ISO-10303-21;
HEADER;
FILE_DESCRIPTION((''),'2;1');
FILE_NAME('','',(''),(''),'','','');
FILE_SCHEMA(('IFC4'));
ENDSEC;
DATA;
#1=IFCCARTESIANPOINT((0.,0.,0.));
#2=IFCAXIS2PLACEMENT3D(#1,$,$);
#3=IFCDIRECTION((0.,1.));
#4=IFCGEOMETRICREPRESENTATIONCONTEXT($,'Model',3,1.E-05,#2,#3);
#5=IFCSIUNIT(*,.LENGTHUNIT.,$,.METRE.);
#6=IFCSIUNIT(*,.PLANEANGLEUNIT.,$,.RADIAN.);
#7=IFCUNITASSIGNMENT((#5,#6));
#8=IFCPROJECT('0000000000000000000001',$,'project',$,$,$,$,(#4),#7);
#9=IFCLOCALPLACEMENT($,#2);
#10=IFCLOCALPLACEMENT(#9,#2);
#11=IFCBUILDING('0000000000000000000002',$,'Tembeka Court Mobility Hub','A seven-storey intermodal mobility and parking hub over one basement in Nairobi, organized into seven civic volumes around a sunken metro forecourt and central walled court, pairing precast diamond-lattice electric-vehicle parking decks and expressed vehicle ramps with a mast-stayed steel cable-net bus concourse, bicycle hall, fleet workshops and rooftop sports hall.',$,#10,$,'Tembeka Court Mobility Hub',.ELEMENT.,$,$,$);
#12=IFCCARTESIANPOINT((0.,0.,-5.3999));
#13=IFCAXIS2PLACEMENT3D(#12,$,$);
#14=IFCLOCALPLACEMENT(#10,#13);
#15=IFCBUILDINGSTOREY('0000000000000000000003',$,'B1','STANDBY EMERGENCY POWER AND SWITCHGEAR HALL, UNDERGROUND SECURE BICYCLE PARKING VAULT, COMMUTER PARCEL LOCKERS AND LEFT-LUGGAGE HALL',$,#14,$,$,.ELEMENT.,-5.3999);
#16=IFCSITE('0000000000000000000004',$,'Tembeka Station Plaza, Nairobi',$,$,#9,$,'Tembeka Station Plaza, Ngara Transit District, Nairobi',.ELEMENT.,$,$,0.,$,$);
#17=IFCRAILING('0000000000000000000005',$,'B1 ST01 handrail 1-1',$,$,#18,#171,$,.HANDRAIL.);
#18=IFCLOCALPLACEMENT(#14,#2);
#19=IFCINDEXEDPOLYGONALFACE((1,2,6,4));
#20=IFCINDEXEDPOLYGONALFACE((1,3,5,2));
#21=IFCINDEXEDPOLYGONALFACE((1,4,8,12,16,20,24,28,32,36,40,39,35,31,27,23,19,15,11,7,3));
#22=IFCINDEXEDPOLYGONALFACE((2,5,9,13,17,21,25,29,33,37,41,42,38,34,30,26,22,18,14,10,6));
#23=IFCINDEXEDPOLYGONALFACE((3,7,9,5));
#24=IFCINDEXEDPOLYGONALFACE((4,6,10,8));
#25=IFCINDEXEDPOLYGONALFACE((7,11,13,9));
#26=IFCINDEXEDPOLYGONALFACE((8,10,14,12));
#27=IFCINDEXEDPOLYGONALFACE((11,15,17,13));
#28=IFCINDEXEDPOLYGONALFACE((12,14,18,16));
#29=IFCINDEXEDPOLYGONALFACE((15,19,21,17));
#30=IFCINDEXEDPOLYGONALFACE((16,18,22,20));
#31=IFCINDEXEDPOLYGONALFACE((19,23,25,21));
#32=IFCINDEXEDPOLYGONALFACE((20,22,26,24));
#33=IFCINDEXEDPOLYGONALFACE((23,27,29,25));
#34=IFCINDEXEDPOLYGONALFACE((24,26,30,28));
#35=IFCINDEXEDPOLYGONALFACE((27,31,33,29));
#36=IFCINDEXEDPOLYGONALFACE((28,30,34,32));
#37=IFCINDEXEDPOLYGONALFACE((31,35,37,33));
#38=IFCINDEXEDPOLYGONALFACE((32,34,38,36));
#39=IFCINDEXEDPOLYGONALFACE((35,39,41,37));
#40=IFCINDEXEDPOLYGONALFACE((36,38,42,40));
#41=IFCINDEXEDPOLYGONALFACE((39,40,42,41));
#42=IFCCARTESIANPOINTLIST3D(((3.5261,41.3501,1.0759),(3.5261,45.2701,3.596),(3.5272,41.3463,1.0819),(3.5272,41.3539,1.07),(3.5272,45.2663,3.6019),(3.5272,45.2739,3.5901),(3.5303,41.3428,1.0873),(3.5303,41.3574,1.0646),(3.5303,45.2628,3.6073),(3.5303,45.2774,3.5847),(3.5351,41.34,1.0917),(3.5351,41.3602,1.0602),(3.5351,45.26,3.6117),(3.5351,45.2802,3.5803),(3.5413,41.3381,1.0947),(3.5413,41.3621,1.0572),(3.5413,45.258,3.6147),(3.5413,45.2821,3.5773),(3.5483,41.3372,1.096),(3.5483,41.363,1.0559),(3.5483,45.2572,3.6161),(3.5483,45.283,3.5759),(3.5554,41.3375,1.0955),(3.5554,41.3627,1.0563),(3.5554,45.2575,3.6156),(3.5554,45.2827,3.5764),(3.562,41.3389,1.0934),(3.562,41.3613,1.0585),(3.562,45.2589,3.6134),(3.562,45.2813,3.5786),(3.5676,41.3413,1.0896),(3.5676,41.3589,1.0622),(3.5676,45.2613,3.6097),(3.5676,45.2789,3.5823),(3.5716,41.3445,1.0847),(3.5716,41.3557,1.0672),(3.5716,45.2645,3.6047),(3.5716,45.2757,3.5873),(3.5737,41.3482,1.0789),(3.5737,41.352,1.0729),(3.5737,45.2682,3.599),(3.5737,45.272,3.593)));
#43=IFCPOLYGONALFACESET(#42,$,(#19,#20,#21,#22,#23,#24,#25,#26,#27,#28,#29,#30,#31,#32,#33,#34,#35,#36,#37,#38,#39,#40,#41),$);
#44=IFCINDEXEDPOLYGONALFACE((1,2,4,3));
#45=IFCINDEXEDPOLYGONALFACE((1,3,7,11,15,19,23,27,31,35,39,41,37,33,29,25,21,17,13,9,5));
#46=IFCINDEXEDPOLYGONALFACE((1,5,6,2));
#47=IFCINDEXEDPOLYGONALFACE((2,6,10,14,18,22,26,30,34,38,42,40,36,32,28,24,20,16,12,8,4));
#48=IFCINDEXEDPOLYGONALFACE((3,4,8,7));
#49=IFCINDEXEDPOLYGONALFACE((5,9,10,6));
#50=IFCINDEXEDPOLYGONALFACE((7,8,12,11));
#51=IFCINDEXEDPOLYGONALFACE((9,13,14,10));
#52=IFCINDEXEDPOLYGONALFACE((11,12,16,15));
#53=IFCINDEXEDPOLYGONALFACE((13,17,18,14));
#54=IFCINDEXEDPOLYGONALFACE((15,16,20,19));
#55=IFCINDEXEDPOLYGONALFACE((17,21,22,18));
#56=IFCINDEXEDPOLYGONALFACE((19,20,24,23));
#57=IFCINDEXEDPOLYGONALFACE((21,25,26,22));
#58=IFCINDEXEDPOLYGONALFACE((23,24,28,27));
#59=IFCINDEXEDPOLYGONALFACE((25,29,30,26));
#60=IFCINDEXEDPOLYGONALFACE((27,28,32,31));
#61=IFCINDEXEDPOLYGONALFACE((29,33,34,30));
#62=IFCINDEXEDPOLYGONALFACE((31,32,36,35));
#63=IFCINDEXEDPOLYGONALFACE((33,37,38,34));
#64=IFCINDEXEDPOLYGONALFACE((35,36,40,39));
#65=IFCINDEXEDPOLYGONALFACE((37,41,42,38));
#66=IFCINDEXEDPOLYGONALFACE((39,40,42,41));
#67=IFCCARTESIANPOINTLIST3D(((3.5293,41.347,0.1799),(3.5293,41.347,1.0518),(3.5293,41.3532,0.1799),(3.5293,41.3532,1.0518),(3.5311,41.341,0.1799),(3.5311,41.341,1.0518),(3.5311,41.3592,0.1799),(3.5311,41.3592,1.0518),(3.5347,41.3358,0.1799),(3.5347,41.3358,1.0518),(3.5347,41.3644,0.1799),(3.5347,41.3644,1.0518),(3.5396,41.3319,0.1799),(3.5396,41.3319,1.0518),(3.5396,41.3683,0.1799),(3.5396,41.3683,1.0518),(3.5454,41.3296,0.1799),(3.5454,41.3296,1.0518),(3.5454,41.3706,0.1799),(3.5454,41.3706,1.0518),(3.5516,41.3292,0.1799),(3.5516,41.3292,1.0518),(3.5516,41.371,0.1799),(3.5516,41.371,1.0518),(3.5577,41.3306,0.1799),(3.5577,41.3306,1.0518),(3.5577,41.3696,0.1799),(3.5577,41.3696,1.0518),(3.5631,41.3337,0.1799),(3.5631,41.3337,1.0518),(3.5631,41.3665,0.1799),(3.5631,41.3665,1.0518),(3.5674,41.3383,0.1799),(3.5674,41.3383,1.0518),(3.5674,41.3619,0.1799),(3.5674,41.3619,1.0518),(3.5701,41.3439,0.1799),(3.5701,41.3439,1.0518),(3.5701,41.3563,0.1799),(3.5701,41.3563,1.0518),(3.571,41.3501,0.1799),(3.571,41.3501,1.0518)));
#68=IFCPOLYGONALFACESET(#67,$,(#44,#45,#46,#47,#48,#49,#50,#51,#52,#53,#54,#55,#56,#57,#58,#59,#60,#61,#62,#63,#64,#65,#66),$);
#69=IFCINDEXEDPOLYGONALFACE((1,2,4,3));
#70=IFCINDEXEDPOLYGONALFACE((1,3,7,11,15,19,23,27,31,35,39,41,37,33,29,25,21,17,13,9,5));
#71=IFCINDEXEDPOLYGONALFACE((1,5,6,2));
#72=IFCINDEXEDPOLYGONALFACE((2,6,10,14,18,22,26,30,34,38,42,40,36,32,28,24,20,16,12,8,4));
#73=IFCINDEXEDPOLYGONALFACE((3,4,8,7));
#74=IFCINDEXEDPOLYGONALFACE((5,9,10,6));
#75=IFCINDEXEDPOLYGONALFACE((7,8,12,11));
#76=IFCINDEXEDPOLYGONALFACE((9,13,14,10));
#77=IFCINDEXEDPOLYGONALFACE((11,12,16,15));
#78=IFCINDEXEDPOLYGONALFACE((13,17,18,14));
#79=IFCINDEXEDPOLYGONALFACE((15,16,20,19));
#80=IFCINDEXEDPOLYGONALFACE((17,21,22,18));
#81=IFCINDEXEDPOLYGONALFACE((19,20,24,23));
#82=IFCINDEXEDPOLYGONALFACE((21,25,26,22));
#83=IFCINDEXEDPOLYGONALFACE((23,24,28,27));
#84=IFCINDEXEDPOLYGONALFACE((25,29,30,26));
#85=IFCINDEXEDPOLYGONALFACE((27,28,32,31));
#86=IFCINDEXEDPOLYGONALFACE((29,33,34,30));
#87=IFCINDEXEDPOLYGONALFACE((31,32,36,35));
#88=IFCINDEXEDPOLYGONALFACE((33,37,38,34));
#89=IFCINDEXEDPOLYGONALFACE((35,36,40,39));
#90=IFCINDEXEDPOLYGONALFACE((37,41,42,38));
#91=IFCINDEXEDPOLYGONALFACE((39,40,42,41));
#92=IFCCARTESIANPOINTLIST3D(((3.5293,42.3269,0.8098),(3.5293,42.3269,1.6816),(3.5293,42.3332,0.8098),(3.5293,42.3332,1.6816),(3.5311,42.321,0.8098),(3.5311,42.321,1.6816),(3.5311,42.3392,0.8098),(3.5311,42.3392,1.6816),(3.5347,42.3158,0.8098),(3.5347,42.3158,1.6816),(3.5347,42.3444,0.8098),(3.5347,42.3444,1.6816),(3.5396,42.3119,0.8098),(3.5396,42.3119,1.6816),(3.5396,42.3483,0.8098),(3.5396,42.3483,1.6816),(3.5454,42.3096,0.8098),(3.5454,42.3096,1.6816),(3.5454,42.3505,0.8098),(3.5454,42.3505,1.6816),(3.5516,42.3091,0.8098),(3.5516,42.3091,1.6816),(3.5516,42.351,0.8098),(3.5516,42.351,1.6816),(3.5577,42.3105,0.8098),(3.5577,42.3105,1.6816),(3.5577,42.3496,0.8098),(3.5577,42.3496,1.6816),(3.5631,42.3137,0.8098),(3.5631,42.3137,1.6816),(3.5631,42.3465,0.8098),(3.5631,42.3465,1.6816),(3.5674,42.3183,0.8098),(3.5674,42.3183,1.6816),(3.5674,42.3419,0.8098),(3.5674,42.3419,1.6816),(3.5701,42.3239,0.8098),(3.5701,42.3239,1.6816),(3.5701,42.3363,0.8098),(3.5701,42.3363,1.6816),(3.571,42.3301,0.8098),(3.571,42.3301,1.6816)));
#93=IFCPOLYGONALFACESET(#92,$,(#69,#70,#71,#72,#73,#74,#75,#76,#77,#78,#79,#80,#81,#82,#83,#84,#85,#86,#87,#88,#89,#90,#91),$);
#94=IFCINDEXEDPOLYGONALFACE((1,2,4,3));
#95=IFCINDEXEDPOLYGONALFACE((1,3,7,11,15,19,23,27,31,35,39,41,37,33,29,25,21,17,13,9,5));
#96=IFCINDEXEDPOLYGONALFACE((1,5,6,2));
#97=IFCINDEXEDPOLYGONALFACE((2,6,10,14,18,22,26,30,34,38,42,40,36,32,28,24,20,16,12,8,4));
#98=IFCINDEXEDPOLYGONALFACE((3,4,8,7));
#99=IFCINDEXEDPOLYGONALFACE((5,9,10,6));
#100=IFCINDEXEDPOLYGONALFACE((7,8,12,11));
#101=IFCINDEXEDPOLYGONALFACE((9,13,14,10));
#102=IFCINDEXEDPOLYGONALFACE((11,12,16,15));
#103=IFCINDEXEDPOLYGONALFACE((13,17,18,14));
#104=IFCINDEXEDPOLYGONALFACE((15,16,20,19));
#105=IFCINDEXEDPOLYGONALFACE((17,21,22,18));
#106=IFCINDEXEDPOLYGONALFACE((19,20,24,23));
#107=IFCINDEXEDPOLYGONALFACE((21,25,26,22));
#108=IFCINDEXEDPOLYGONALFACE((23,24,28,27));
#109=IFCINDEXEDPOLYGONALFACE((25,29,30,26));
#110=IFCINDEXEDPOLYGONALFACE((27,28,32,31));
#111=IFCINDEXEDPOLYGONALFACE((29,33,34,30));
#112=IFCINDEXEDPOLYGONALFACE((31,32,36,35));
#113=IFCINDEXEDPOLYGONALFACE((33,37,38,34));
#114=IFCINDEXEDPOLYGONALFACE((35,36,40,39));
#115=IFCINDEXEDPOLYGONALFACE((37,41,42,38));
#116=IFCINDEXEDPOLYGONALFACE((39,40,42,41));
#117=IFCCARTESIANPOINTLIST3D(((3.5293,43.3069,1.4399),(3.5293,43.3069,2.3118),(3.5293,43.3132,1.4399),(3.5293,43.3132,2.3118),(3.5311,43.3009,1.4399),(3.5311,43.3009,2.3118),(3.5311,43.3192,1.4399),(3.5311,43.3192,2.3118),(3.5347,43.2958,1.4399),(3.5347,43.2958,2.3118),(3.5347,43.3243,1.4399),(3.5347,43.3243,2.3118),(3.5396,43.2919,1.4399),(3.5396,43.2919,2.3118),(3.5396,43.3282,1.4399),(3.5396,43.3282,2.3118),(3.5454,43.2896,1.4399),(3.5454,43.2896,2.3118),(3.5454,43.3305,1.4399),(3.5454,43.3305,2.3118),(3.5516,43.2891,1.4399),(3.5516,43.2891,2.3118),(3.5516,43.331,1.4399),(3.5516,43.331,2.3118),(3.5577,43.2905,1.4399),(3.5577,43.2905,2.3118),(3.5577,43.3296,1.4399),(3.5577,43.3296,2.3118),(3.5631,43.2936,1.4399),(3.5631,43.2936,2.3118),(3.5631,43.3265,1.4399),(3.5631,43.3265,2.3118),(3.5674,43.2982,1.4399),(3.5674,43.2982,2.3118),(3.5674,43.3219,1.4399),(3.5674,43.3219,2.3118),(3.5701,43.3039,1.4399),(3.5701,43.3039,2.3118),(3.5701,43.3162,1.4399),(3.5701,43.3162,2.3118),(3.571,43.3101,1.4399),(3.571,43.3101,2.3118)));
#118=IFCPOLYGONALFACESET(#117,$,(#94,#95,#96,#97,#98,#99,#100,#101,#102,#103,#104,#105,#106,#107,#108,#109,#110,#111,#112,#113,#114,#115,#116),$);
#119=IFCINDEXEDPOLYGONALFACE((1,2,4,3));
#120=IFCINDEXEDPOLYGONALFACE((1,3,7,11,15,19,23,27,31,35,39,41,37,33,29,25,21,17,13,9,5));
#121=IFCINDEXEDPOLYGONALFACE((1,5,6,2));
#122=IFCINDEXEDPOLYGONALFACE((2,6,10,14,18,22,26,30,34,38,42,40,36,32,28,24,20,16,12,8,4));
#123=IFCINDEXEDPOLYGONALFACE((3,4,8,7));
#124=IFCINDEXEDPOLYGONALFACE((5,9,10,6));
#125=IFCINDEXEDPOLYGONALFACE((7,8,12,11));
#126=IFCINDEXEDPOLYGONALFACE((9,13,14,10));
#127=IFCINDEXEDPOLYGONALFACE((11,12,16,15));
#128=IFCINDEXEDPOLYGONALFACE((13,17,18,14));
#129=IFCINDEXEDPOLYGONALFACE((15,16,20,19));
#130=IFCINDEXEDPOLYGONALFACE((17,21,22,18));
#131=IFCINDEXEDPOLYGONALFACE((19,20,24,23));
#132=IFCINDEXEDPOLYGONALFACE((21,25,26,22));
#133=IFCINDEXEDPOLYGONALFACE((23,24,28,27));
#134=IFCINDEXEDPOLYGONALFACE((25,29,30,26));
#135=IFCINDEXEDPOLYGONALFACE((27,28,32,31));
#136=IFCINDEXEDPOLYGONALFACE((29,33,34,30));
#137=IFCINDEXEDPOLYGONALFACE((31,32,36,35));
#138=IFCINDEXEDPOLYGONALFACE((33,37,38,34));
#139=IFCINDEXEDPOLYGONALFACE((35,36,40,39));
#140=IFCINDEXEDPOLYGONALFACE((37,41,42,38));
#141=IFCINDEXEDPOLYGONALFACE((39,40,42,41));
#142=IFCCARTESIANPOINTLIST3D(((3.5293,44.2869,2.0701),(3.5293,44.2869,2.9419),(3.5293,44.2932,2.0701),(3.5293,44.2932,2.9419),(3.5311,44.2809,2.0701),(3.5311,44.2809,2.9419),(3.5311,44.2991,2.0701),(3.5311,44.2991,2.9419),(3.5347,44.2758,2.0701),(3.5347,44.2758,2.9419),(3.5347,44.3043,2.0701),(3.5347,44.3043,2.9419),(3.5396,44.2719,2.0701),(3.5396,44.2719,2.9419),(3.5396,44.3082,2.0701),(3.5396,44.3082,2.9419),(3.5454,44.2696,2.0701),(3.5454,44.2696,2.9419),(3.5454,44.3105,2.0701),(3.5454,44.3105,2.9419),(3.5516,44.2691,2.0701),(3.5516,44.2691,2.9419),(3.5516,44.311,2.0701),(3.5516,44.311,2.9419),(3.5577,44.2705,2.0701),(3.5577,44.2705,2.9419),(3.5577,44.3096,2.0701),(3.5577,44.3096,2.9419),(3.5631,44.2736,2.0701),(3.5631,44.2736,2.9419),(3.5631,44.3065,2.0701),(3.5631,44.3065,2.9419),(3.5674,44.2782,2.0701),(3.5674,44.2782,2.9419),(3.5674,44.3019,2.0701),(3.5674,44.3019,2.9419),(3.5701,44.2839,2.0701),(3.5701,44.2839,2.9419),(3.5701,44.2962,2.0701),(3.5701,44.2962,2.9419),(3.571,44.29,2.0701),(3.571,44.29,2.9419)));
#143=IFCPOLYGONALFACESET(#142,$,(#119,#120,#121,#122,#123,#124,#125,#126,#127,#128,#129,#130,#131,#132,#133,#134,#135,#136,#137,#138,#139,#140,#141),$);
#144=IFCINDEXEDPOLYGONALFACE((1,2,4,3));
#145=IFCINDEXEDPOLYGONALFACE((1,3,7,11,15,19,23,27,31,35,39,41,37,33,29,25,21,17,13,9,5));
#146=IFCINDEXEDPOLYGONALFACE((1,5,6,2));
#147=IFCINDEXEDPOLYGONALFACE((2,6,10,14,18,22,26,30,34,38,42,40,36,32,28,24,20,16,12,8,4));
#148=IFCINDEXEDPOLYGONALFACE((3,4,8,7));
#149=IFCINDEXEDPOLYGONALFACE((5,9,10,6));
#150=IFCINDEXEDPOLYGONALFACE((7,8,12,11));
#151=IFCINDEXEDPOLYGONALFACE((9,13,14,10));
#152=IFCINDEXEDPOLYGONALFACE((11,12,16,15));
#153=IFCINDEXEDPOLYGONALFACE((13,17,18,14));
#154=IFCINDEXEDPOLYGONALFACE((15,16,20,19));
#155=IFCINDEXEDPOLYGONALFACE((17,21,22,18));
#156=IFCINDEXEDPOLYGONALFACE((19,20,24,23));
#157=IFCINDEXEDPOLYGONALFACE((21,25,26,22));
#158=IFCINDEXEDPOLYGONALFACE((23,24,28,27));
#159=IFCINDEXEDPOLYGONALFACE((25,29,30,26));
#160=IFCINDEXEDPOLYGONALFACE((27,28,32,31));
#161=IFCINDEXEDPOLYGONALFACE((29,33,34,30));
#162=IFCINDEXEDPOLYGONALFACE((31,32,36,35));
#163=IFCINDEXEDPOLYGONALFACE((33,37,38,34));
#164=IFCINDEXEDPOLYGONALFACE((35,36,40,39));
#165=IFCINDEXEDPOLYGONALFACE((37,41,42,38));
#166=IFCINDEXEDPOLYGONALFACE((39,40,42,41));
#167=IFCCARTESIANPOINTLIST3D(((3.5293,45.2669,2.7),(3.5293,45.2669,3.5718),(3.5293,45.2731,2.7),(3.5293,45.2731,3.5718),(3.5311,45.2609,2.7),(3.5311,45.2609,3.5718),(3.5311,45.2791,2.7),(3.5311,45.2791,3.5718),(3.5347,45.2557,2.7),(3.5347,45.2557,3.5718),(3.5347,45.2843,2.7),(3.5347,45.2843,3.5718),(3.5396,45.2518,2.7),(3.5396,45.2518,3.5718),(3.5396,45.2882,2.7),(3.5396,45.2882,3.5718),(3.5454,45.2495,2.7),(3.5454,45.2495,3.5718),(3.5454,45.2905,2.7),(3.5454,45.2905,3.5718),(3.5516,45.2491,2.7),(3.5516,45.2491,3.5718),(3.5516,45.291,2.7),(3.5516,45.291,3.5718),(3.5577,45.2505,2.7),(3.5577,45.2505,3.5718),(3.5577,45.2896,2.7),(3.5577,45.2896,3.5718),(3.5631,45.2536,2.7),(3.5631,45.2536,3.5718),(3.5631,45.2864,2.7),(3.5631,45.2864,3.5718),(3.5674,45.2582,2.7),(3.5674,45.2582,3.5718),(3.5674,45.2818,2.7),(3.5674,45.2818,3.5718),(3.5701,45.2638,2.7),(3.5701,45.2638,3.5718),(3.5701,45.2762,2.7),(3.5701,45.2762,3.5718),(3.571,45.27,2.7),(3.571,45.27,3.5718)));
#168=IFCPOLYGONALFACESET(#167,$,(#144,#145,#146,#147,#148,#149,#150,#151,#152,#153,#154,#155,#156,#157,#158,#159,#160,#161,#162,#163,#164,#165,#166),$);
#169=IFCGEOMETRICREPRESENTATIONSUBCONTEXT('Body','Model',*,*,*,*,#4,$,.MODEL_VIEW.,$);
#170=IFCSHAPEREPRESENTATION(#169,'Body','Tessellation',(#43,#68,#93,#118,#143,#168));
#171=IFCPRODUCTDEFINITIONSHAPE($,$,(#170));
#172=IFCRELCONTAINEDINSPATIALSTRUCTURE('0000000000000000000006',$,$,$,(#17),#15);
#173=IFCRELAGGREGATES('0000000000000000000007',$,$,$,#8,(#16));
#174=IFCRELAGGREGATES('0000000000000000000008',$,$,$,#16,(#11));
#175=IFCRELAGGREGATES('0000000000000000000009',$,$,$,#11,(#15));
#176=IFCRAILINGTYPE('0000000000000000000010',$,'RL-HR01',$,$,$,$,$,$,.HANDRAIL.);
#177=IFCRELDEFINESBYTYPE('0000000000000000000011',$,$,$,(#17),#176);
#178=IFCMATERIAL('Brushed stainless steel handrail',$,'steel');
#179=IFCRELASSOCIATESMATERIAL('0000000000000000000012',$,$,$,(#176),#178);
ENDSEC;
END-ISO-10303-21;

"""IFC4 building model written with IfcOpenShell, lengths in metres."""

from ifc_helpers import new_model, si_unit, direction, frame, origin, origin_2d, place, context, subcontext, project, spatial, circle, extrude, material, type_object, element, save


model = new_model("IFC4")

# Units and contexts
model_context = context("Model", 3, precision=1e-05, world=origin(), true_north=direction((0.0, 1.0)))
body_context = subcontext(model_context, "Body", "Model", "MODEL_VIEW")
ifc_project = project(units=[si_unit("LENGTHUNIT", "METRE"), si_unit("PLANEANGLEUNIT", "RADIAN")], contexts=[model_context])

# Site, building, storey
site_placement = place(None, origin())
site = spatial("IfcSite", under=ifc_project, at=site_placement, Name="Tembeka Station Plaza, Nairobi", LongName="Tembeka Station Plaza, Ngara Transit District, Nairobi", CompositionType="ELEMENT", RefElevation=0.0)
building_placement = place(site_placement, origin())
building = spatial("IfcBuilding", under=site, at=building_placement, Name="Tembeka Court Mobility Hub", Description="A seven-storey intermodal mobility and parking hub over one basement in Nairobi, organized into seven civic volumes around a sunken metro forecourt and central walled court, pairing precast diamond-lattice electric-vehicle parking decks and expressed vehicle ramps with a mast-stayed steel cable-net bus concourse, bicycle hall, fleet workshops and rooftop sports hall.", LongName="Tembeka Court Mobility Hub", CompositionType="ELEMENT")
storey_placement = place(building_placement, frame((0.0, 0.0, -5.3999)))
storey = spatial("IfcBuildingStorey", under=building, at=storey_placement, Name="B1", Description="STANDBY EMERGENCY POWER AND SWITCHGEAR HALL, UNDERGROUND SECURE BICYCLE PARKING VAULT, COMMUTER PARCEL LOCKERS AND LEFT-LUGGAGE HALL", CompositionType="ELEMENT", Elevation=-5.3999)

# Railing
ifc_material_1 = material(Name="Brushed stainless steel handrail", Category="steel")
railing_type_1 = type_object("IfcRailingType", Name="RL-HR01", PredefinedType="HANDRAIL", material=ifc_material_1)
railing_1_placement = place(storey_placement, frame((3.55, 41.3501, 0.1799)))
element("IfcRailing", 1, at=railing_1_placement, inside=storey, type_object=railing_type_1, Name="B1 ST01 handrail 1-1", PredefinedType="HANDRAIL", context=body_context, shape_type="SweptSolid", body=[
    extrude(circle(Radius=0.0239, at=origin_2d()), frame((0.0, 0.0, 0.896), z_axis=(0.0, 0.841172, 0.540768), x_axis=(-1.0, 0.0, 0.0)), (0.0, 0.0, 1.0), 4.6602),
    extrude(circle(Radius=0.021, at=origin_2d()), origin(), (0.0, 0.0, 1.0), 0.8718),
    extrude(circle(Radius=0.021, at=origin_2d()), frame((0.0, 0.98, 0.6299)), (0.0, 0.0, 1.0), 0.8718),
    extrude(circle(Radius=0.021, at=origin_2d()), frame((0.0, 1.96, 1.26)), (0.0, 0.0, 1.0), 0.8718),
    extrude(circle(Radius=0.021, at=origin_2d()), frame((0.0, 2.9399, 1.8901)), (0.0, 0.0, 1.0), 0.8718),
    extrude(circle(Radius=0.021, at=origin_2d()), frame((0.0, 3.9199, 2.52)), (0.0, 0.0, 1.0), 0.8718),
])

save(model, "model.ifc")
